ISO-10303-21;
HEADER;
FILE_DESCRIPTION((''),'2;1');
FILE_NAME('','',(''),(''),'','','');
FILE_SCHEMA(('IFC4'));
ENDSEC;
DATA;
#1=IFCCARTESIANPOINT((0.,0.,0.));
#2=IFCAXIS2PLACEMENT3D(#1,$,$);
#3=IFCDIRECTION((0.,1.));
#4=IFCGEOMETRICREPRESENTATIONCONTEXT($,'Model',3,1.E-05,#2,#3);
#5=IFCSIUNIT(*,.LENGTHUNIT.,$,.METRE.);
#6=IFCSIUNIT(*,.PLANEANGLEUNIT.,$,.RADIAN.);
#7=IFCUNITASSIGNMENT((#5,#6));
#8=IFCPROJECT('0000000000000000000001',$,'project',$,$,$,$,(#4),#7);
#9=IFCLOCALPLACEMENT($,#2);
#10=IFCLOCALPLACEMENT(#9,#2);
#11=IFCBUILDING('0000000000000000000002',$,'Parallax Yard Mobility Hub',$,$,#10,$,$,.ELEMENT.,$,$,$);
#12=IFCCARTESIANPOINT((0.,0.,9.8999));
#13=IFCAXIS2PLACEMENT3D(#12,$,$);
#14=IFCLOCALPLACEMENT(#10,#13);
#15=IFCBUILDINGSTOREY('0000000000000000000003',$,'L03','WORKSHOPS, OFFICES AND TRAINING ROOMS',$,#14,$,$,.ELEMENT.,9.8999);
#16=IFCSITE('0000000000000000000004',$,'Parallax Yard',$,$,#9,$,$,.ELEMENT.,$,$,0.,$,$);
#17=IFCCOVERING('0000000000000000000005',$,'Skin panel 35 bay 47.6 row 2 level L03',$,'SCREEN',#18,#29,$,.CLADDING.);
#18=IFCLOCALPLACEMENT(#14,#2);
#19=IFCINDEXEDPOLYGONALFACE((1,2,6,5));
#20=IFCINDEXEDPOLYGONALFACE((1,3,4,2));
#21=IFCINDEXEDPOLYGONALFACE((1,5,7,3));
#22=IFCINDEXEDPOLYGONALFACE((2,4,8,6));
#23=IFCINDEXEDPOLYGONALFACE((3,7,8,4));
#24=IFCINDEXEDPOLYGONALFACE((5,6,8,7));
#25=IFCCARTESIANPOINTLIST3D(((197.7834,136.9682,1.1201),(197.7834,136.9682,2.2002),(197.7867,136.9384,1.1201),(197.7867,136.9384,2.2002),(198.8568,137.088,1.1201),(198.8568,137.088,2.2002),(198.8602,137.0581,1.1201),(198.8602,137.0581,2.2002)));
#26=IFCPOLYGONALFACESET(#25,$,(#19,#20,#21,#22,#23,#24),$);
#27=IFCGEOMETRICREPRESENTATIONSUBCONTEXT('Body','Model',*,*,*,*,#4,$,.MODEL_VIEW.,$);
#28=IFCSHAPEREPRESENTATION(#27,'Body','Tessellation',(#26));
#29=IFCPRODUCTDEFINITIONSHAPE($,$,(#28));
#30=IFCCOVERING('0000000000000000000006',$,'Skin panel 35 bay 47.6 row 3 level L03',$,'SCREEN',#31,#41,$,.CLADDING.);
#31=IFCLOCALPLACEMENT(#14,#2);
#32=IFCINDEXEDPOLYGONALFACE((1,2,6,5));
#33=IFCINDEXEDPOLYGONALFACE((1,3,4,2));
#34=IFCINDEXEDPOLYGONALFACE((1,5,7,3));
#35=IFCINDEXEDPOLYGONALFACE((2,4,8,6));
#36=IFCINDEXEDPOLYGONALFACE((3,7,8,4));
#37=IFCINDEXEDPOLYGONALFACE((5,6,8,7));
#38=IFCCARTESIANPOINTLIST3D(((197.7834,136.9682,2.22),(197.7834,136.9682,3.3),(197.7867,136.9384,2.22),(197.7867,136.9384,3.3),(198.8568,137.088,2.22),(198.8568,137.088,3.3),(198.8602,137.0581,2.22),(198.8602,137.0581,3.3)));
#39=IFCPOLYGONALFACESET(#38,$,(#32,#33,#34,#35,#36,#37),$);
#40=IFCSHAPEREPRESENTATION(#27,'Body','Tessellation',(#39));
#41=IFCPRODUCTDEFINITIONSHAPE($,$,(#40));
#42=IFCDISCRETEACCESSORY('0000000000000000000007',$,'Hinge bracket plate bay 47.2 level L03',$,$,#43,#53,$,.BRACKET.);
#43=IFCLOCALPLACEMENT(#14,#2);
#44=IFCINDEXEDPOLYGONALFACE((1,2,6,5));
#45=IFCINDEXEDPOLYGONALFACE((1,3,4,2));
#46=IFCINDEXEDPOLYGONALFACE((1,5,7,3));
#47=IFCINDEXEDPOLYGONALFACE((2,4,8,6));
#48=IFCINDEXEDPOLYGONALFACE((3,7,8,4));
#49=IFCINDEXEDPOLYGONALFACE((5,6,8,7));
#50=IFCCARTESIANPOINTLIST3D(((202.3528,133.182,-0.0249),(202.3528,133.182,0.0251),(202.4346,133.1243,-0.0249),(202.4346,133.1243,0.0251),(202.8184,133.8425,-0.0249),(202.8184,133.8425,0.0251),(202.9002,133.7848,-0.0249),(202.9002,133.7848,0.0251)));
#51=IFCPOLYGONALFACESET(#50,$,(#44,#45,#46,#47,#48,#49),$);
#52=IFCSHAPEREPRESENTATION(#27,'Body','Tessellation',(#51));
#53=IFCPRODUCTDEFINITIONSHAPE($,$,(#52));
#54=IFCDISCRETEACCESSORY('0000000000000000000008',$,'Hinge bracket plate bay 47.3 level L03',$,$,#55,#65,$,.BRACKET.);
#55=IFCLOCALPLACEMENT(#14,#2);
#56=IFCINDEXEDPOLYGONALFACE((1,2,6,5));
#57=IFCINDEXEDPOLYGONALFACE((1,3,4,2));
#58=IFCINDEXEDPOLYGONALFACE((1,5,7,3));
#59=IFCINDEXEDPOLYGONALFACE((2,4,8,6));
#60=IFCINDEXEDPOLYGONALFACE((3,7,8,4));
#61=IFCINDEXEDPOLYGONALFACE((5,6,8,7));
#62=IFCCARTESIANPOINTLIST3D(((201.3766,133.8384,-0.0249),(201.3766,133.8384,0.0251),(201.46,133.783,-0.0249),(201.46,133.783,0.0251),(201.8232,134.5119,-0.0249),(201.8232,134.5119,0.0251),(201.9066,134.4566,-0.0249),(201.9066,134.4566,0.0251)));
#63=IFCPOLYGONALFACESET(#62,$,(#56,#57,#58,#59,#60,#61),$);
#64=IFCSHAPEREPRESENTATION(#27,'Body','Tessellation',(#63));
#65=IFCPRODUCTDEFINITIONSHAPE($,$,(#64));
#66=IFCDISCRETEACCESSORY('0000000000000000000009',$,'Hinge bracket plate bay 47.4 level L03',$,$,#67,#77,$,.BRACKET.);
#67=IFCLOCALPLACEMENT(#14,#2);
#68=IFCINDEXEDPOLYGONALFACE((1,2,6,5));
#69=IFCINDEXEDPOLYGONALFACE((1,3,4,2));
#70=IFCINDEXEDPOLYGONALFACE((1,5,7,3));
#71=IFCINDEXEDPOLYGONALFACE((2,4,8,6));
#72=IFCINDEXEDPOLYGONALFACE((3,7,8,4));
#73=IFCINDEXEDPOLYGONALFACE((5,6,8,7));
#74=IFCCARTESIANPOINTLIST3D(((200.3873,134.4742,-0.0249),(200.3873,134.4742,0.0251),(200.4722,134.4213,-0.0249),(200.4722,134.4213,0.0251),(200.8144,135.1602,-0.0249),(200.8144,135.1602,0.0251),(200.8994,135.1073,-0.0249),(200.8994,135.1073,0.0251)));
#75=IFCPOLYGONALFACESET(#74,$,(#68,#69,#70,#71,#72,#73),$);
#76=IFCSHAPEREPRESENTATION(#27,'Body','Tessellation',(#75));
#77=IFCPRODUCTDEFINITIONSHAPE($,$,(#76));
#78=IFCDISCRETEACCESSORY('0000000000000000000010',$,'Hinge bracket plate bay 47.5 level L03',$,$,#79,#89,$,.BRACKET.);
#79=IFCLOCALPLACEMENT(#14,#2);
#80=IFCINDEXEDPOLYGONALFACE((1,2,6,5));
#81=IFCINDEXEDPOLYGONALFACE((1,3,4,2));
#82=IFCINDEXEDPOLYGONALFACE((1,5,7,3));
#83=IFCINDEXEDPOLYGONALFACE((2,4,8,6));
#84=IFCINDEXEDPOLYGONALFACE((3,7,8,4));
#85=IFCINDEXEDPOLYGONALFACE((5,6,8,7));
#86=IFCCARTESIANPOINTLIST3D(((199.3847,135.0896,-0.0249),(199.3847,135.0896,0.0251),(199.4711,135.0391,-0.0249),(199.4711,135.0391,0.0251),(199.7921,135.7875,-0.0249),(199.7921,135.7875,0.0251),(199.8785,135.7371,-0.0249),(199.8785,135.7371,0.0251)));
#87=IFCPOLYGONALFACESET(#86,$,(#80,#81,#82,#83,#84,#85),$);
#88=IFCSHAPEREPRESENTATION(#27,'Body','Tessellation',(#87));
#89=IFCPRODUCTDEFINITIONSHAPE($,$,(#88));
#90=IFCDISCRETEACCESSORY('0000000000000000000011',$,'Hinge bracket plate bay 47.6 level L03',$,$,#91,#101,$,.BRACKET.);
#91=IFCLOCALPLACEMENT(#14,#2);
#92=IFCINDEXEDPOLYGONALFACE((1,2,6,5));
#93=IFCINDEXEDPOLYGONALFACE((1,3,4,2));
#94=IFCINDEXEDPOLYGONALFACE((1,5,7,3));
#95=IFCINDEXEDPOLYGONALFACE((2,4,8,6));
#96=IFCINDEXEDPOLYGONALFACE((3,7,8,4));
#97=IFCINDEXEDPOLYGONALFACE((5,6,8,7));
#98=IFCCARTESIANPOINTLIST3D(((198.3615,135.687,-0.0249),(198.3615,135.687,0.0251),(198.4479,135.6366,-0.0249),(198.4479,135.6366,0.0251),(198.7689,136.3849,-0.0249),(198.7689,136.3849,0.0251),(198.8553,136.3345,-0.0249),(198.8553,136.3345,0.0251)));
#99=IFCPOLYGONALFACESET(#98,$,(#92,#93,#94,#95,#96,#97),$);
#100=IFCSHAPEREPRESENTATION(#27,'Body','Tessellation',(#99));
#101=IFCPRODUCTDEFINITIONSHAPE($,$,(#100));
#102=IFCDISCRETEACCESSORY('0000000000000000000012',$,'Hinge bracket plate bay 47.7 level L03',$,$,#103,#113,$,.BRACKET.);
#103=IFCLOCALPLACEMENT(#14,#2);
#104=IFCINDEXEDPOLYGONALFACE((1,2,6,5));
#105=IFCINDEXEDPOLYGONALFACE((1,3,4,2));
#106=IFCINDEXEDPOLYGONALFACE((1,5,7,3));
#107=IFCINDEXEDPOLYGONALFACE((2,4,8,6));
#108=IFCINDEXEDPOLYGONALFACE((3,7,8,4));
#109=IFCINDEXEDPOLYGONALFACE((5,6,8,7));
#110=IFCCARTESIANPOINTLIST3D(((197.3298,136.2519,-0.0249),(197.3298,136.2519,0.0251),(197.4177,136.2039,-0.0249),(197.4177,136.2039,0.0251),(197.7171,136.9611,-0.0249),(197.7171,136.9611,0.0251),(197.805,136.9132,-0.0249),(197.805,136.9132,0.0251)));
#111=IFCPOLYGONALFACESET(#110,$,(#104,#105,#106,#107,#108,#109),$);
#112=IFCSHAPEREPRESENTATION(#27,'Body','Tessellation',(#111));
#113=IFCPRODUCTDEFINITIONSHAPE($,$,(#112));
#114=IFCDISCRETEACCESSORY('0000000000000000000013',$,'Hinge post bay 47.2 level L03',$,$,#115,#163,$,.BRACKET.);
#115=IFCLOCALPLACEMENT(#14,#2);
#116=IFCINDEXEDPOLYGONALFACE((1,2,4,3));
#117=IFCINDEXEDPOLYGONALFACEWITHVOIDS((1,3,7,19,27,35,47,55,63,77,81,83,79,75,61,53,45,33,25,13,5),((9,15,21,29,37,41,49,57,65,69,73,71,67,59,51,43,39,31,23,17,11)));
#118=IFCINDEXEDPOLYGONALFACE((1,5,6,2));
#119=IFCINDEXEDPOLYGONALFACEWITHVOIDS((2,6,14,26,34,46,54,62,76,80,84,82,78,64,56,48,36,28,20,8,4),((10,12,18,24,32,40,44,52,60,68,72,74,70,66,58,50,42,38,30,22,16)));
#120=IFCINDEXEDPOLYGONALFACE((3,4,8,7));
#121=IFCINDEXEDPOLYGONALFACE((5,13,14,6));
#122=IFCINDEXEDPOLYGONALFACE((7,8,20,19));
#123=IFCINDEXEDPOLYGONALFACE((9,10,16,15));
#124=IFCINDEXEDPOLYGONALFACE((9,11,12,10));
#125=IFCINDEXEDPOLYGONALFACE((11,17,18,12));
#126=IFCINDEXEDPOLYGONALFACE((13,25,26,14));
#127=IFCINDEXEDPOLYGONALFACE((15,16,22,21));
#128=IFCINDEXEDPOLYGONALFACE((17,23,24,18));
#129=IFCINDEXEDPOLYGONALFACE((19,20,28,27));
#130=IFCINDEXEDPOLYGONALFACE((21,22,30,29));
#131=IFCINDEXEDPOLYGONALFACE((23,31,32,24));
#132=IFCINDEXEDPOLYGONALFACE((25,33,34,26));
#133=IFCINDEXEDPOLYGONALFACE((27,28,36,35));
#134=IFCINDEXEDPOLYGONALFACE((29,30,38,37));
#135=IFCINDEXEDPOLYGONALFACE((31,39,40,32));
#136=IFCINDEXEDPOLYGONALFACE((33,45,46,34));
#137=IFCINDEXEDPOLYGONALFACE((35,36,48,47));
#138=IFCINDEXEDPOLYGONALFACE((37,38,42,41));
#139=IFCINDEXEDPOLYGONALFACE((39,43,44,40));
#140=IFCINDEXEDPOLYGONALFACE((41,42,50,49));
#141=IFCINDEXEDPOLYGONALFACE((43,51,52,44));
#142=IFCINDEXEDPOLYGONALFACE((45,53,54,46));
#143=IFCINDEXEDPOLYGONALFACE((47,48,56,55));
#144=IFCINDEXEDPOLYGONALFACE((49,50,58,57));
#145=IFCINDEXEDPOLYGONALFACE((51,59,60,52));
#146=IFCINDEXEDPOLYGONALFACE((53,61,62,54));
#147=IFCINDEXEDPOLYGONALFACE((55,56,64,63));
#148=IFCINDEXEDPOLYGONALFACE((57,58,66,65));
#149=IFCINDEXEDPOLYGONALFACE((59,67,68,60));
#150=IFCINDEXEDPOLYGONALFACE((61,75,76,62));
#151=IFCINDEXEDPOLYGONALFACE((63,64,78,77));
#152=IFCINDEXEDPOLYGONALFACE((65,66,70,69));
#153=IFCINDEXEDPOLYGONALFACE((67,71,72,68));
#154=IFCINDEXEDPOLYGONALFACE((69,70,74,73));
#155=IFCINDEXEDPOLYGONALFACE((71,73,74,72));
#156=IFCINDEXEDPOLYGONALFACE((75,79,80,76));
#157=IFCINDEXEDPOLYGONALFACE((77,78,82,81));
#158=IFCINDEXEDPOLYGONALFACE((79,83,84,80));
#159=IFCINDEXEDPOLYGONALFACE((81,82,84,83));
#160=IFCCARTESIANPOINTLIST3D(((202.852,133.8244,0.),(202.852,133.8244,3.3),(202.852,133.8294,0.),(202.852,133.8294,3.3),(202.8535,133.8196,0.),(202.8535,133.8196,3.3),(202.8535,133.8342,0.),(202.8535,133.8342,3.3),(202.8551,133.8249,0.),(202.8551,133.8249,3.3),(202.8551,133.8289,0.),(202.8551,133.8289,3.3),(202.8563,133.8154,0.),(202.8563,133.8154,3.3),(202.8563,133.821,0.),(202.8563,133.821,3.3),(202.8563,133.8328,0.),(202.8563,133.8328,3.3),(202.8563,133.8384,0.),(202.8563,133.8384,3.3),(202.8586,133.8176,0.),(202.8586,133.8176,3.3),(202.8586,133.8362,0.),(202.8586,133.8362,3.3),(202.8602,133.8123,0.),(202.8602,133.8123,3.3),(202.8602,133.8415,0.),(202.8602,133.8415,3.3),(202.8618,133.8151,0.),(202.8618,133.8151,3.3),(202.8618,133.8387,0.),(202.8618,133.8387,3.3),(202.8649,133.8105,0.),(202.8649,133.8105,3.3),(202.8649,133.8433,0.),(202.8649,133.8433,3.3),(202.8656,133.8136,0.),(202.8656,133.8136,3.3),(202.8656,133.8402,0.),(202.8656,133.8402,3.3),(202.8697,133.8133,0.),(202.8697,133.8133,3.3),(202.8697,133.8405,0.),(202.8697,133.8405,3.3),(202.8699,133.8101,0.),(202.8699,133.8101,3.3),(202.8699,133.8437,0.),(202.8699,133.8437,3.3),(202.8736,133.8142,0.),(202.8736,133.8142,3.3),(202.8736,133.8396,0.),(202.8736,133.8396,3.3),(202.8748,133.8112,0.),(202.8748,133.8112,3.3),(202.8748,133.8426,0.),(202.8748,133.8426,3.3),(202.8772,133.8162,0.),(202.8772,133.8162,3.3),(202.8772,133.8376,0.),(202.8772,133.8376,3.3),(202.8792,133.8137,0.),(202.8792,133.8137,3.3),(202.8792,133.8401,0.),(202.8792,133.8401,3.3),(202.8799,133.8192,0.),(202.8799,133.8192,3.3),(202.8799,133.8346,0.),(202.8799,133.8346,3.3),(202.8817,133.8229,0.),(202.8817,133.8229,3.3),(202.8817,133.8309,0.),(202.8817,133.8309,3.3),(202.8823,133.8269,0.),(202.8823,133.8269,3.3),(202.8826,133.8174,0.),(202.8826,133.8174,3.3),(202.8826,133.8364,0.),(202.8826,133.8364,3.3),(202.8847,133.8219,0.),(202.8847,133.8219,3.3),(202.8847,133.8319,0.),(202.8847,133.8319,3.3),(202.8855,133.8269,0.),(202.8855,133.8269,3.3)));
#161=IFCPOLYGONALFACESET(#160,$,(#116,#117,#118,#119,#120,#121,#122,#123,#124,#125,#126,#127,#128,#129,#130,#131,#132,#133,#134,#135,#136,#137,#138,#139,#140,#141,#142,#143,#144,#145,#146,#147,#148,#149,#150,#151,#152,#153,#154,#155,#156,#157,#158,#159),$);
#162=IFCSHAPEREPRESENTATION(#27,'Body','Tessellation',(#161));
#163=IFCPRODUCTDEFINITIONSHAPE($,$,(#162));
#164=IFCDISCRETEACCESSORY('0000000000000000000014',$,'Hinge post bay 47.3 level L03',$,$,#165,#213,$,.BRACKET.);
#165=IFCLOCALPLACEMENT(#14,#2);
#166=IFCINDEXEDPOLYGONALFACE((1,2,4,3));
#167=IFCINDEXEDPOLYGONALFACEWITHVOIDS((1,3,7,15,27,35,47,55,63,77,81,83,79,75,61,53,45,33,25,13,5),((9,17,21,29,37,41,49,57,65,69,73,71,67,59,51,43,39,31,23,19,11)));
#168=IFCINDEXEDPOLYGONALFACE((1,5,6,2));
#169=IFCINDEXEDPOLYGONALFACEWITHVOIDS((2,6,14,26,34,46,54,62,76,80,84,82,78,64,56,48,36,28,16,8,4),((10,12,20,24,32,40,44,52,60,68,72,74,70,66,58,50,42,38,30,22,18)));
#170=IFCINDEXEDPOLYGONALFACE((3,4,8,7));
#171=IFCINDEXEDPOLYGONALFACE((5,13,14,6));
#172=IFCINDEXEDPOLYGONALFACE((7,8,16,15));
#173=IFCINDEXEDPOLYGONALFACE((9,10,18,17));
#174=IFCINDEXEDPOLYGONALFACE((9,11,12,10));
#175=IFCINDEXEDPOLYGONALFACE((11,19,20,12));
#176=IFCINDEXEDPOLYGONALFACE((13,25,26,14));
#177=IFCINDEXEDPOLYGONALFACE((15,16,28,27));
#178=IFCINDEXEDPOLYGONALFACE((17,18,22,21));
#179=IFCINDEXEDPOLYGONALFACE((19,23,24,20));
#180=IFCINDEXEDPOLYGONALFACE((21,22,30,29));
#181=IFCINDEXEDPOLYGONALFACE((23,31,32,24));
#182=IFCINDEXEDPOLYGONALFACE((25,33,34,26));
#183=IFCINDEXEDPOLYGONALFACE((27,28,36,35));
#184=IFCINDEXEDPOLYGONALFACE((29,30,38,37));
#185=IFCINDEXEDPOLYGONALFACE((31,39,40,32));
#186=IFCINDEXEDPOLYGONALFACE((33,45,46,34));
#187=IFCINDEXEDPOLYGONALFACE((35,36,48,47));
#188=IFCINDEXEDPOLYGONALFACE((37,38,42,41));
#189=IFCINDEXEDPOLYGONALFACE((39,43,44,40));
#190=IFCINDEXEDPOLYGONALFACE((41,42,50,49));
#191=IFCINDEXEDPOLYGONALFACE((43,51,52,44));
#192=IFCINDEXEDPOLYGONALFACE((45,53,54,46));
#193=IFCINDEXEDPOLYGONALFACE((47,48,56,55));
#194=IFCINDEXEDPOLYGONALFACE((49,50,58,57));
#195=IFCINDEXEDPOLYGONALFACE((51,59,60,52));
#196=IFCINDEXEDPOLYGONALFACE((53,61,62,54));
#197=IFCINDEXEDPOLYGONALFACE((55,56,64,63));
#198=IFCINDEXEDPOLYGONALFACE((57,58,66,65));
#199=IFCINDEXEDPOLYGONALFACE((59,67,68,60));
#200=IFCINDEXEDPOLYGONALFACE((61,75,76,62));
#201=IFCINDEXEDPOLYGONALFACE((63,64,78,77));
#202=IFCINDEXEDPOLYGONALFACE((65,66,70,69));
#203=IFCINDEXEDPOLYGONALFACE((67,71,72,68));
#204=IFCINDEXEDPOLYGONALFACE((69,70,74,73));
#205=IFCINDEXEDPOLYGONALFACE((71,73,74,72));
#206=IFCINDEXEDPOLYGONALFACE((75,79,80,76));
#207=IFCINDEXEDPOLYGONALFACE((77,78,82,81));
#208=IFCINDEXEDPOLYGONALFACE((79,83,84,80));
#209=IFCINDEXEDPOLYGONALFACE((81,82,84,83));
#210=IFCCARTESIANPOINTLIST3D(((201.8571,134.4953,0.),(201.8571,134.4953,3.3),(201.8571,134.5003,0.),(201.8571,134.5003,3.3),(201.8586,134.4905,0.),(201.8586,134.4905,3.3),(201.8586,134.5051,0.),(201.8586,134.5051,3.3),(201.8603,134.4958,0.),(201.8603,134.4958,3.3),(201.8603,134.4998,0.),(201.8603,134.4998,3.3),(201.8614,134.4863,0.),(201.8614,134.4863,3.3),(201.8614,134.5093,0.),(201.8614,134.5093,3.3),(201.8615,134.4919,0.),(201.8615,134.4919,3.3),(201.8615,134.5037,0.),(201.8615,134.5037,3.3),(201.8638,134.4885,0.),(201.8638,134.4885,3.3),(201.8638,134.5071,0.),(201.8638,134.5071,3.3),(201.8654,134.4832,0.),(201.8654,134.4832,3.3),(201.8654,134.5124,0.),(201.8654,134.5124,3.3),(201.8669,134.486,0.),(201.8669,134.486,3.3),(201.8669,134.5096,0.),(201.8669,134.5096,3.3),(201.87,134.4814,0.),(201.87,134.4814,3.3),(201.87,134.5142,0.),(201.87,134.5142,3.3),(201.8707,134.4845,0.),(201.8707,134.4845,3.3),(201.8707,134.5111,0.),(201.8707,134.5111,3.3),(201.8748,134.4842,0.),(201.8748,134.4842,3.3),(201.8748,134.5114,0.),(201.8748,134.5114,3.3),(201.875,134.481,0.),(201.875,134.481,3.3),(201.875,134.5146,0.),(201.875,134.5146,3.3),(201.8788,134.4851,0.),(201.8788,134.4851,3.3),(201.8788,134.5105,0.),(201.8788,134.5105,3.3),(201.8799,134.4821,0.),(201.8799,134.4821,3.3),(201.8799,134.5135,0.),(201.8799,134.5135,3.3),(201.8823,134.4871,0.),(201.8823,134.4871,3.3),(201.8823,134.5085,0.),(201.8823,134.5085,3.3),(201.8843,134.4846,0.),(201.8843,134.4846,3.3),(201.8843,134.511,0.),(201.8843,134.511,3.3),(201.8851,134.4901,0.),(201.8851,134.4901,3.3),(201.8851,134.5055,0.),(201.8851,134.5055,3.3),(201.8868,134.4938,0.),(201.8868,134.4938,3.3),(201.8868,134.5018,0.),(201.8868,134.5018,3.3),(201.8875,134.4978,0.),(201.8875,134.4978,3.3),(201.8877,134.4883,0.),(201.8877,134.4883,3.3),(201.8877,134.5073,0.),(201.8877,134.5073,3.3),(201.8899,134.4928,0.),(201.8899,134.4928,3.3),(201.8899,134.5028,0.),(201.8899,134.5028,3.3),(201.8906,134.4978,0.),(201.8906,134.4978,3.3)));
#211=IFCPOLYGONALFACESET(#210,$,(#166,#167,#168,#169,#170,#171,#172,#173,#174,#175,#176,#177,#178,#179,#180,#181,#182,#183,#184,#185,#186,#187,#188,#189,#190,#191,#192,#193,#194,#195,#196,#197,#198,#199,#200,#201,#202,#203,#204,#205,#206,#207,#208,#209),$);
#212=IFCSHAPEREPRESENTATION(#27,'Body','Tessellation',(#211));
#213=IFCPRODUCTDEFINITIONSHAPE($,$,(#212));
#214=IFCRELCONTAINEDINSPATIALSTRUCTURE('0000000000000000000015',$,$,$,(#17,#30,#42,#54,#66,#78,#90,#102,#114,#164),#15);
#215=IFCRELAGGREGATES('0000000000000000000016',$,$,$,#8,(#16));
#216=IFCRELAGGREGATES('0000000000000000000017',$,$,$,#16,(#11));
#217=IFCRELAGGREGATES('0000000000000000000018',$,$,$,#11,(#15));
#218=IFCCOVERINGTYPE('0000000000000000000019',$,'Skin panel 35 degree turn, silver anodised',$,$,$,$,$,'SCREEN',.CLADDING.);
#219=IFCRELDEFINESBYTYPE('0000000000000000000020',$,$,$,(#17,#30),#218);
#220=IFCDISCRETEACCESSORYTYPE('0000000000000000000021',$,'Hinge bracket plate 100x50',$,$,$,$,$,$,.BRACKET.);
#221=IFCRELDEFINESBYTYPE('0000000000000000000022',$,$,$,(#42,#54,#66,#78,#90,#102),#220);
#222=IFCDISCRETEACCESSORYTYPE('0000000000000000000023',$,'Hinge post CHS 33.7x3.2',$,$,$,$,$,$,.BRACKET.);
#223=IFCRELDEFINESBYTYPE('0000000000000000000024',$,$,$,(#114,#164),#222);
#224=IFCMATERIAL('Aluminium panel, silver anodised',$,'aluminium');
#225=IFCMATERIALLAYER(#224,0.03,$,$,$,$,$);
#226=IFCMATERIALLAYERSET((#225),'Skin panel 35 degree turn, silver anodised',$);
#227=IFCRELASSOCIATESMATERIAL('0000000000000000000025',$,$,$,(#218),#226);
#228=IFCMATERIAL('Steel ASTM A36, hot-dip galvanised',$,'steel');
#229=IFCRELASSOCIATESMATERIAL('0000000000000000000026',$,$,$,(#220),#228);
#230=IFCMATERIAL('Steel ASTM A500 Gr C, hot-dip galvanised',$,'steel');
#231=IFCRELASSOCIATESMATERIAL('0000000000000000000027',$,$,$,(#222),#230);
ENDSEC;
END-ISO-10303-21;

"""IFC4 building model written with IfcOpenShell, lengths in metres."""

from ifc_helpers import new_model, si_unit, direction, frame, origin, origin_2d, place, context, subcontext, project, spatial, rectangle, hollow_circle, extrude, material, layer, layer_set, material_profile, profile_set, type_object, element, save


model = new_model("IFC4")

# Units and contexts
model_context = context("Model", 3, precision=1e-05, world=origin(), true_north=direction((0.0, 1.0)))
body_context = subcontext(model_context, "Body", "Model", "MODEL_VIEW")
ifc_project = project(units=[si_unit("LENGTHUNIT", "METRE"), si_unit("PLANEANGLEUNIT", "RADIAN")], contexts=[model_context])

# Site, building, storey
site_placement = place(None, origin())
site = spatial("IfcSite", under=ifc_project, at=site_placement, Name="Parallax Yard", CompositionType="ELEMENT", RefElevation=0.0)
building_placement = place(site_placement, origin())
building = spatial("IfcBuilding", under=site, at=building_placement, Name="Parallax Yard Mobility Hub", CompositionType="ELEMENT")
storey_placement = place(building_placement, frame((0.0, 0.0, 9.8999)))
storey = spatial("IfcBuildingStorey", under=building, at=storey_placement, Name="L03", Description="WORKSHOPS, OFFICES AND TRAINING ROOMS", CompositionType="ELEMENT", Elevation=9.8999)

# Coverings
ifc_material_1 = material(Name="Aluminium panel, silver anodised", Category="aluminium")
ifc_layer_1 = layer(ifc_material_1, 0.03)
ifc_layer_set_1 = layer_set([ifc_layer_1], Name="Skin panel 35 degree turn, silver anodised")
covering_type_1 = type_object("IfcCoveringType", Name="Skin panel 35 degree turn, silver anodised", ElementType="SCREEN", PredefinedType="CLADDING", material=ifc_layer_set_1)
for number, where, z_axis, x_axis, name in (
    (1, (198.3218, 137.0132, 1.1201), (0.0, 0.0, 1.0), (0.993839, 0.110838, 0.0), "Skin panel 35 bay 47.6 row 2 level L03"),
    (2, (198.3218, 137.0132, 2.22), (0.0, 0.0, 1.0), (0.993839, 0.110838, 0.0), "Skin panel 35 bay 47.6 row 3 level L03"),
):
    element("IfcCovering", number, at=place(storey_placement, frame(where, z_axis=z_axis, x_axis=x_axis)), inside=storey, type_object=covering_type_1, Name=name, ObjectType="SCREEN", PredefinedType="CLADDING", context=body_context, shape_type="SweptSolid", body=[
        extrude(rectangle(XDim=1.0801, YDim=0.03, at=origin_2d()), origin(), (0.0, 0.0, 1.0), 1.0801),
    ])

# Discrete accessories
ifc_material_2 = material(Name="Steel ASTM A36, hot-dip galvanised", Category="steel")
discrete_accessory_type_1 = type_object("IfcDiscreteAccessoryType", Name="Hinge bracket plate 100x50", PredefinedType="BRACKET", material=ifc_material_2)
for number, where, z_axis, x_axis, name in (
    (3, (202.6265, 133.4834, -0.0249), (0.0, 0.0, 1.0), (0.576173, 0.817328, 0.0), "Hinge bracket plate bay 47.2 level L03"),
    (4, (201.6416, 134.1475, -0.0249), (0.0, 0.0, 1.0), (0.552599, 0.833447, 0.0), "Hinge bracket plate bay 47.3 level L03"),
    (5, (200.6433, 134.7908, -0.0249), (0.0, 0.0, 1.0), (0.528573, 0.848888, 0.0), "Hinge bracket plate bay 47.4 level L03"),
    (6, (199.6316, 135.4133, -0.0249), (0.0, 0.0, 1.0), (0.504116, 0.863636, 0.0), "Hinge bracket plate bay 47.5 level L03"),
    (7, (198.6084, 136.0107, -0.0249), (0.0, 0.0, 1.0), (0.504116, 0.863636, 0.0), "Hinge bracket plate bay 47.6 level L03"),
    (8, (197.5674, 136.5825, -0.0249), (0.0, 0.0, 1.0), (0.47925, 0.877679, 0.0), "Hinge bracket plate bay 47.7 level L03"),
):
    element("IfcDiscreteAccessory", number, at=place(storey_placement, frame(where, z_axis=z_axis, x_axis=x_axis)), inside=storey, type_object=discrete_accessory_type_1, Name=name, PredefinedType="BRACKET", context=body_context, shape_type="SweptSolid", body=[
        extrude(rectangle(XDim=0.8081, YDim=0.1001, at=origin_2d()), origin(), (0.0, 0.0, 1.0), 0.05),
    ])
ifc_material_3 = material(Name="Steel ASTM A500 Gr C, hot-dip galvanised", Category="steel")
ifc_material_profile = material_profile(ifc_material_3, hollow_circle(Radius=0.0168, WallThickness=0.0032, at=origin_2d()), Name="CHS 33.7x3.2")
ifc_profile_set = profile_set([ifc_material_profile], Name="Steel ASTM A500 Gr C, hot-dip galvanised")
discrete_accessory_type_2 = type_object("IfcDiscreteAccessoryType", Name="Hinge post CHS 33.7x3.2", PredefinedType="BRACKET", material=ifc_profile_set)
for number, where, z_axis, x_axis, name in (
    (9, (202.8687, 133.8269, 0.0), (0.0, 0.0, 1.0), (1.0, 0.0, 0.0), "Hinge post bay 47.2 level L03"),
    (10, (201.8738, 134.4978, 0.0), (0.0, 0.0, 1.0), (1.0, 0.0, 0.0), "Hinge post bay 47.3 level L03"),
):
    element("IfcDiscreteAccessory", number, at=place(storey_placement, frame(where, z_axis=z_axis, x_axis=x_axis)), inside=storey, type_object=discrete_accessory_type_2, Name=name, PredefinedType="BRACKET", context=body_context, shape_type="SweptSolid", body=[
        extrude(hollow_circle(Radius=0.0168, WallThickness=0.0032, at=origin_2d()), origin(), (0.0, 0.0, 1.0), 3.3),
    ])

save(model, "model.ifc")
